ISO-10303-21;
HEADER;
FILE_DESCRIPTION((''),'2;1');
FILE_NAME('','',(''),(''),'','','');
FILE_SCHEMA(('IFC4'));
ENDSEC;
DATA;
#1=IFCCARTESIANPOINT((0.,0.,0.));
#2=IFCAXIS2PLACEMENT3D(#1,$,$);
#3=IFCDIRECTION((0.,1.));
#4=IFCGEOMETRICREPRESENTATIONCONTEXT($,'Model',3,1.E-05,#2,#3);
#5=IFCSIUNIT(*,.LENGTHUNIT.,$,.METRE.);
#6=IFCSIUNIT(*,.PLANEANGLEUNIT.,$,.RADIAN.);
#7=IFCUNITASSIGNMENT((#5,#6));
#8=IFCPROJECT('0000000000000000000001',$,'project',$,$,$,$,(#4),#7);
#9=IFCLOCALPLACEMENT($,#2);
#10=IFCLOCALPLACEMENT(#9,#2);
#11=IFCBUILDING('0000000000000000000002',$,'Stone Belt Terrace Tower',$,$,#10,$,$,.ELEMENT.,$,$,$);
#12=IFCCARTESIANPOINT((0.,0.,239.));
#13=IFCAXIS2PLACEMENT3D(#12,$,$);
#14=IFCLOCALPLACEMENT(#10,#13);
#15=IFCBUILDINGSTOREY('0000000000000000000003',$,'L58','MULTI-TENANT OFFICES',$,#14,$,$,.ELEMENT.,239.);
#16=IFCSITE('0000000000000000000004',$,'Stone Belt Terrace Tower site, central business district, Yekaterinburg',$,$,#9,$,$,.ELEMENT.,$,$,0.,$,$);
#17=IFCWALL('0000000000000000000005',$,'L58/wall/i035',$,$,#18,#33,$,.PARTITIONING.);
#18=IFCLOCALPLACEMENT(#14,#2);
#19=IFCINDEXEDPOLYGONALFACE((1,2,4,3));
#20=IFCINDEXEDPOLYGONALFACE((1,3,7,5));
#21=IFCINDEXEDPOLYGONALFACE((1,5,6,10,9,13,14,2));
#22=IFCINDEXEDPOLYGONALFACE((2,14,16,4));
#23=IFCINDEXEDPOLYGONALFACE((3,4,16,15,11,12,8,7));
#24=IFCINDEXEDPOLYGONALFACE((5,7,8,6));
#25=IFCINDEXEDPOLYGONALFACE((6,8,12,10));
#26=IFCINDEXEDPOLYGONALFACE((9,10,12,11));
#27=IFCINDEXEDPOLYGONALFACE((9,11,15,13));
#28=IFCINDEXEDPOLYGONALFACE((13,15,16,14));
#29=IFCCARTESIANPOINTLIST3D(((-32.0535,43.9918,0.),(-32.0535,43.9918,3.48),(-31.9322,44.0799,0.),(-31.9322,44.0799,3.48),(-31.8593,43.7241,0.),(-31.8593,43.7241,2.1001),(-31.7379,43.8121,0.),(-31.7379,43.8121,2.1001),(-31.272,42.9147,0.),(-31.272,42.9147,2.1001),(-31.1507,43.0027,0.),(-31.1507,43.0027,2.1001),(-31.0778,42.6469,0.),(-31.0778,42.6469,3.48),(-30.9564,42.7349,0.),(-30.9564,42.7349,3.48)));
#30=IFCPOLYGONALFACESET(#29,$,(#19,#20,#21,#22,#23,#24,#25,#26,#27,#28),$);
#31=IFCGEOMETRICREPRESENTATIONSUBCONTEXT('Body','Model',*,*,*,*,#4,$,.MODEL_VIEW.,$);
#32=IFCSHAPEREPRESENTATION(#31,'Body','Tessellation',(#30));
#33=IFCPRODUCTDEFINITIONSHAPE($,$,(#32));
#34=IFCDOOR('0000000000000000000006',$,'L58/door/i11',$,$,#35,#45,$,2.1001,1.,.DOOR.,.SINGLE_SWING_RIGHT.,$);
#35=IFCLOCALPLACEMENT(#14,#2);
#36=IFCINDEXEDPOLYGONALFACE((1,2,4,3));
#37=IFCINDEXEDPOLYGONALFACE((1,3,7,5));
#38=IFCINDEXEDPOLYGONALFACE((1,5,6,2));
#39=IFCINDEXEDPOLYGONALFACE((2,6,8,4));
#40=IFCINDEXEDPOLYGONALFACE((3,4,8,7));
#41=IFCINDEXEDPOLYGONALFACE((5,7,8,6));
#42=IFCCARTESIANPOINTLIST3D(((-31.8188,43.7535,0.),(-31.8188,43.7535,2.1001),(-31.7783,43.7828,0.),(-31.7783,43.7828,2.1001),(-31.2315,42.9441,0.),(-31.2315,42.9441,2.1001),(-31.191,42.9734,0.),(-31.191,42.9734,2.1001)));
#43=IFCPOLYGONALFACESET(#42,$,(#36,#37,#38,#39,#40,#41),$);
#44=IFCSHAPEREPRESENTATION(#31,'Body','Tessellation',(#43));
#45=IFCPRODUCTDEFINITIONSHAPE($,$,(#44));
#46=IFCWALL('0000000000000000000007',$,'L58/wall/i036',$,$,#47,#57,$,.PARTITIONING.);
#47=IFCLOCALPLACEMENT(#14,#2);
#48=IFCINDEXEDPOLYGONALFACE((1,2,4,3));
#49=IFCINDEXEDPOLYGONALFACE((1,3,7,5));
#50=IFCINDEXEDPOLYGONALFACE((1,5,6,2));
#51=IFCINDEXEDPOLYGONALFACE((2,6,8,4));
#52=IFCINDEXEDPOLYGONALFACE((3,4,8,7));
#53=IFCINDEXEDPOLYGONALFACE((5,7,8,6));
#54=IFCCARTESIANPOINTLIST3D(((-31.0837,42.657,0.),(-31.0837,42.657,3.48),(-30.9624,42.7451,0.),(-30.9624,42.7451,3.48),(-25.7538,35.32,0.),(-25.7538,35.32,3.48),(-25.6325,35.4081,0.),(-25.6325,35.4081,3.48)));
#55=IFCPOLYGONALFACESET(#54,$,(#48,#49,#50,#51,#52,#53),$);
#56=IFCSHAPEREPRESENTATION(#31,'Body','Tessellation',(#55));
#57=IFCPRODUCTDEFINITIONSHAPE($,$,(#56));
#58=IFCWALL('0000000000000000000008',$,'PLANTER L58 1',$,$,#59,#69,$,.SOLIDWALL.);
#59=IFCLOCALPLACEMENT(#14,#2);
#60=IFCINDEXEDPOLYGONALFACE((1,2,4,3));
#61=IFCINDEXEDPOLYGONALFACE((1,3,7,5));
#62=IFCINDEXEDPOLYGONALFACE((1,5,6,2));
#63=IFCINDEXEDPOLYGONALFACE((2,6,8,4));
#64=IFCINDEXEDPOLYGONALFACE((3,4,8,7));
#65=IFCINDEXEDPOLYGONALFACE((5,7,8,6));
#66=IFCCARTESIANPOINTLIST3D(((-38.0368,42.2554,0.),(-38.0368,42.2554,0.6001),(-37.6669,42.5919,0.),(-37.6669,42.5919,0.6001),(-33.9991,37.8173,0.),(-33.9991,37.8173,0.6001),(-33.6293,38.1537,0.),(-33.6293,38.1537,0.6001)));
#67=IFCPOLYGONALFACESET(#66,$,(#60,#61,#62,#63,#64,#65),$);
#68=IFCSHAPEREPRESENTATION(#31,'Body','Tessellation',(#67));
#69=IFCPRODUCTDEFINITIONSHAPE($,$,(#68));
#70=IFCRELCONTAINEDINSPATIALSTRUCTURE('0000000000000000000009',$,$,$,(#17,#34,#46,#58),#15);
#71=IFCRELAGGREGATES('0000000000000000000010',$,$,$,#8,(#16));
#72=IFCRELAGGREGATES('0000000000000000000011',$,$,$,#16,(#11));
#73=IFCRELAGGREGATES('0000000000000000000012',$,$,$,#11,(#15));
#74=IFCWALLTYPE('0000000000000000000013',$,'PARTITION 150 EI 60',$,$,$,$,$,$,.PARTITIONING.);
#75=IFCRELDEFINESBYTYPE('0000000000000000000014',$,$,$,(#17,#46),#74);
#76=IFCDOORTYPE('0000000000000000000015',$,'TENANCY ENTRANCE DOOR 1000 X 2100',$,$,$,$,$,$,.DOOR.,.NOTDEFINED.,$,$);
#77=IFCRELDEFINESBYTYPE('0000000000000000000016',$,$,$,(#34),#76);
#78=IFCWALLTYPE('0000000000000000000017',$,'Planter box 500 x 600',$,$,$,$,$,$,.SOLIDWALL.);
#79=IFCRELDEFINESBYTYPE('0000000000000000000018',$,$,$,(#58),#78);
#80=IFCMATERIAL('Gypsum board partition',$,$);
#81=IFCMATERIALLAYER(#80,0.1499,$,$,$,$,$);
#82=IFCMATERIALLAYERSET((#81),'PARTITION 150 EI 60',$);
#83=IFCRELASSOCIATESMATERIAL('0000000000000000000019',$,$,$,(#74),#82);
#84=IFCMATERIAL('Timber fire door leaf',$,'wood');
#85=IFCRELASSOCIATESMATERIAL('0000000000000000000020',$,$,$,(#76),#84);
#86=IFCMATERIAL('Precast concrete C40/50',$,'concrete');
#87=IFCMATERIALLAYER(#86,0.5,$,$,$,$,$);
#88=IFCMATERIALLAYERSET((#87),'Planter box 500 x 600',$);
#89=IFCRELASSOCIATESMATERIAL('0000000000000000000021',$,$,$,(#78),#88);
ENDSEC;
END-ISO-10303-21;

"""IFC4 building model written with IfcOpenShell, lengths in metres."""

from ifc_helpers import new_model, si_unit, direction, frame, frame_2d, origin, origin_2d, place, context, subcontext, project, spatial, rectangle, extrude, material, layer, layer_set, type_object, element, fill, save


model = new_model("IFC4")

# Units and contexts
model_context = context("Model", 3, precision=1e-05, world=origin(), true_north=direction((0.0, 1.0)))
body_context = subcontext(model_context, "Body", "Model", "MODEL_VIEW")
ifc_project = project(units=[si_unit("LENGTHUNIT", "METRE"), si_unit("PLANEANGLEUNIT", "RADIAN")], contexts=[model_context])

# Site, building, storey
site_placement = place(None, origin())
site = spatial("IfcSite", under=ifc_project, at=site_placement, Name="Stone Belt Terrace Tower site, central business district, Yekaterinburg", CompositionType="ELEMENT", RefElevation=0.0)
building_placement = place(site_placement, origin())
building = spatial("IfcBuilding", under=site, at=building_placement, Name="Stone Belt Terrace Tower", CompositionType="ELEMENT")
storey_placement = place(building_placement, frame((0.0, 0.0, 239.0)))
storey = spatial("IfcBuildingStorey", under=building, at=storey_placement, Name="L58", Description="MULTI-TENANT OFFICES", CompositionType="ELEMENT", Elevation=239.0)

# Shared definitions
ifc_material_1 = material(Name="Gypsum board partition")
ifc_layer_1 = layer(ifc_material_1, 0.1499)
ifc_layer_set_1 = layer_set([ifc_layer_1], Name="PARTITION 150 EI 60")
wall_type_1 = type_object("IfcWallType", Name="PARTITION 150 EI 60", PredefinedType="PARTITIONING", material=ifc_layer_set_1)

# Wall, opening, door
wall_1_placement = place(storey_placement, frame((-31.0171, 42.6909, 0.0), z_axis=(0.0, 0.0, 1.0), x_axis=(-0.587254, 0.809403, 0.0)))
wall_1 = element("IfcWall", 1, at=wall_1_placement, inside=storey, type_object=wall_type_1, Name="L58/wall/i035", PredefinedType="PARTITIONING", context=body_context, shape_type="SweptSolid", body=[
    extrude(rectangle(XDim=1.6616, YDim=0.1499, at=frame_2d((0.8308, 0.0))), origin(), (0.0, 0.0, 1.0), 3.48),
])
opening_1_placement = place(wall_1_placement, frame((0.3308, 0.0, 0.0)))
opening_1 = element("IfcOpeningElement", 2, at=opening_1_placement, cuts=wall_1, PredefinedType="OPENING", context=body_context, shape_type="SweptSolid", body=[
    extrude(rectangle(XDim=1.0, YDim=2.1001, at=frame_2d((0.5, 1.05))), frame((0.0, 0.085, 0.0), z_axis=(0.0, -1.0, 0.0), x_axis=(1.0, 0.0, 0.0)), (0.0, 0.0, 1.0), 0.1699),
])
ifc_material_2 = material(Name="Timber fire door leaf", Category="wood")
door_type_1 = type_object("IfcDoorType", Name="TENANCY ENTRANCE DOOR 1000 X 2100", OperationType="NOTDEFINED", PredefinedType="DOOR", material=ifc_material_2)
door_1_placement = place(opening_1_placement, origin())
door_1 = element("IfcDoor", 3, at=door_1_placement, inside=storey, type_object=door_type_1, Name="L58/door/i11", OperationType="SINGLE_SWING_RIGHT", OverallHeight=2.1001, OverallWidth=1.0, PredefinedType="DOOR", context=body_context, shape_type="SweptSolid", body=[
    extrude(rectangle(XDim=1.0, YDim=2.1001, at=frame_2d((0.5, 1.05))), frame((0.0, 0.0249, 0.0), z_axis=(0.0, -1.0, 0.0), x_axis=(1.0, 0.0, 0.0)), (0.0, 0.0, 1.0), 0.05),
])
fill(opening_1, door_1)

# Walls
wall_2_placement = place(storey_placement, frame((-31.0229, 42.7009, 0.0), z_axis=(0.0, 0.0, 1.0), x_axis=(0.587731, -0.809056, 0.0)))
element("IfcWall", 4, at=wall_2_placement, inside=storey, type_object=wall_type_1, Name="L58/wall/i036", PredefinedType="PARTITIONING", context=body_context, shape_type="SweptSolid", body=[
    extrude(rectangle(XDim=9.0686, YDim=0.1499, at=frame_2d((4.5342, 0.0))), origin(), (0.0, 0.0, 1.0), 3.48),
])
ifc_material_3 = material(Name="Precast concrete C40/50", Category="concrete")
ifc_layer_2 = layer(ifc_material_3, 0.5)
ifc_layer_set_2 = layer_set([ifc_layer_2], Name="Planter box 500 x 600")
wall_type_2 = type_object("IfcWallType", Name="Planter box 500 x 600", PredefinedType="SOLIDWALL", material=ifc_layer_set_2)
wall_3_placement = place(storey_placement, frame((-35.833, 40.2046, 0.0), z_axis=(0.0, 0.0, 1.0), x_axis=(0.672944, -0.739693, 0.0)))
element("IfcWall", 5, at=wall_3_placement, inside=storey, type_object=wall_type_2, Name="PLANTER L58 1", PredefinedType="SOLIDWALL", context=body_context, shape_type="SweptSolid", body=[
    extrude(rectangle(XDim=6.0, YDim=0.5, at=origin_2d()), origin(), (0.0, 0.0, 1.0), 0.6001),
])

save(model, "model.ifc")
